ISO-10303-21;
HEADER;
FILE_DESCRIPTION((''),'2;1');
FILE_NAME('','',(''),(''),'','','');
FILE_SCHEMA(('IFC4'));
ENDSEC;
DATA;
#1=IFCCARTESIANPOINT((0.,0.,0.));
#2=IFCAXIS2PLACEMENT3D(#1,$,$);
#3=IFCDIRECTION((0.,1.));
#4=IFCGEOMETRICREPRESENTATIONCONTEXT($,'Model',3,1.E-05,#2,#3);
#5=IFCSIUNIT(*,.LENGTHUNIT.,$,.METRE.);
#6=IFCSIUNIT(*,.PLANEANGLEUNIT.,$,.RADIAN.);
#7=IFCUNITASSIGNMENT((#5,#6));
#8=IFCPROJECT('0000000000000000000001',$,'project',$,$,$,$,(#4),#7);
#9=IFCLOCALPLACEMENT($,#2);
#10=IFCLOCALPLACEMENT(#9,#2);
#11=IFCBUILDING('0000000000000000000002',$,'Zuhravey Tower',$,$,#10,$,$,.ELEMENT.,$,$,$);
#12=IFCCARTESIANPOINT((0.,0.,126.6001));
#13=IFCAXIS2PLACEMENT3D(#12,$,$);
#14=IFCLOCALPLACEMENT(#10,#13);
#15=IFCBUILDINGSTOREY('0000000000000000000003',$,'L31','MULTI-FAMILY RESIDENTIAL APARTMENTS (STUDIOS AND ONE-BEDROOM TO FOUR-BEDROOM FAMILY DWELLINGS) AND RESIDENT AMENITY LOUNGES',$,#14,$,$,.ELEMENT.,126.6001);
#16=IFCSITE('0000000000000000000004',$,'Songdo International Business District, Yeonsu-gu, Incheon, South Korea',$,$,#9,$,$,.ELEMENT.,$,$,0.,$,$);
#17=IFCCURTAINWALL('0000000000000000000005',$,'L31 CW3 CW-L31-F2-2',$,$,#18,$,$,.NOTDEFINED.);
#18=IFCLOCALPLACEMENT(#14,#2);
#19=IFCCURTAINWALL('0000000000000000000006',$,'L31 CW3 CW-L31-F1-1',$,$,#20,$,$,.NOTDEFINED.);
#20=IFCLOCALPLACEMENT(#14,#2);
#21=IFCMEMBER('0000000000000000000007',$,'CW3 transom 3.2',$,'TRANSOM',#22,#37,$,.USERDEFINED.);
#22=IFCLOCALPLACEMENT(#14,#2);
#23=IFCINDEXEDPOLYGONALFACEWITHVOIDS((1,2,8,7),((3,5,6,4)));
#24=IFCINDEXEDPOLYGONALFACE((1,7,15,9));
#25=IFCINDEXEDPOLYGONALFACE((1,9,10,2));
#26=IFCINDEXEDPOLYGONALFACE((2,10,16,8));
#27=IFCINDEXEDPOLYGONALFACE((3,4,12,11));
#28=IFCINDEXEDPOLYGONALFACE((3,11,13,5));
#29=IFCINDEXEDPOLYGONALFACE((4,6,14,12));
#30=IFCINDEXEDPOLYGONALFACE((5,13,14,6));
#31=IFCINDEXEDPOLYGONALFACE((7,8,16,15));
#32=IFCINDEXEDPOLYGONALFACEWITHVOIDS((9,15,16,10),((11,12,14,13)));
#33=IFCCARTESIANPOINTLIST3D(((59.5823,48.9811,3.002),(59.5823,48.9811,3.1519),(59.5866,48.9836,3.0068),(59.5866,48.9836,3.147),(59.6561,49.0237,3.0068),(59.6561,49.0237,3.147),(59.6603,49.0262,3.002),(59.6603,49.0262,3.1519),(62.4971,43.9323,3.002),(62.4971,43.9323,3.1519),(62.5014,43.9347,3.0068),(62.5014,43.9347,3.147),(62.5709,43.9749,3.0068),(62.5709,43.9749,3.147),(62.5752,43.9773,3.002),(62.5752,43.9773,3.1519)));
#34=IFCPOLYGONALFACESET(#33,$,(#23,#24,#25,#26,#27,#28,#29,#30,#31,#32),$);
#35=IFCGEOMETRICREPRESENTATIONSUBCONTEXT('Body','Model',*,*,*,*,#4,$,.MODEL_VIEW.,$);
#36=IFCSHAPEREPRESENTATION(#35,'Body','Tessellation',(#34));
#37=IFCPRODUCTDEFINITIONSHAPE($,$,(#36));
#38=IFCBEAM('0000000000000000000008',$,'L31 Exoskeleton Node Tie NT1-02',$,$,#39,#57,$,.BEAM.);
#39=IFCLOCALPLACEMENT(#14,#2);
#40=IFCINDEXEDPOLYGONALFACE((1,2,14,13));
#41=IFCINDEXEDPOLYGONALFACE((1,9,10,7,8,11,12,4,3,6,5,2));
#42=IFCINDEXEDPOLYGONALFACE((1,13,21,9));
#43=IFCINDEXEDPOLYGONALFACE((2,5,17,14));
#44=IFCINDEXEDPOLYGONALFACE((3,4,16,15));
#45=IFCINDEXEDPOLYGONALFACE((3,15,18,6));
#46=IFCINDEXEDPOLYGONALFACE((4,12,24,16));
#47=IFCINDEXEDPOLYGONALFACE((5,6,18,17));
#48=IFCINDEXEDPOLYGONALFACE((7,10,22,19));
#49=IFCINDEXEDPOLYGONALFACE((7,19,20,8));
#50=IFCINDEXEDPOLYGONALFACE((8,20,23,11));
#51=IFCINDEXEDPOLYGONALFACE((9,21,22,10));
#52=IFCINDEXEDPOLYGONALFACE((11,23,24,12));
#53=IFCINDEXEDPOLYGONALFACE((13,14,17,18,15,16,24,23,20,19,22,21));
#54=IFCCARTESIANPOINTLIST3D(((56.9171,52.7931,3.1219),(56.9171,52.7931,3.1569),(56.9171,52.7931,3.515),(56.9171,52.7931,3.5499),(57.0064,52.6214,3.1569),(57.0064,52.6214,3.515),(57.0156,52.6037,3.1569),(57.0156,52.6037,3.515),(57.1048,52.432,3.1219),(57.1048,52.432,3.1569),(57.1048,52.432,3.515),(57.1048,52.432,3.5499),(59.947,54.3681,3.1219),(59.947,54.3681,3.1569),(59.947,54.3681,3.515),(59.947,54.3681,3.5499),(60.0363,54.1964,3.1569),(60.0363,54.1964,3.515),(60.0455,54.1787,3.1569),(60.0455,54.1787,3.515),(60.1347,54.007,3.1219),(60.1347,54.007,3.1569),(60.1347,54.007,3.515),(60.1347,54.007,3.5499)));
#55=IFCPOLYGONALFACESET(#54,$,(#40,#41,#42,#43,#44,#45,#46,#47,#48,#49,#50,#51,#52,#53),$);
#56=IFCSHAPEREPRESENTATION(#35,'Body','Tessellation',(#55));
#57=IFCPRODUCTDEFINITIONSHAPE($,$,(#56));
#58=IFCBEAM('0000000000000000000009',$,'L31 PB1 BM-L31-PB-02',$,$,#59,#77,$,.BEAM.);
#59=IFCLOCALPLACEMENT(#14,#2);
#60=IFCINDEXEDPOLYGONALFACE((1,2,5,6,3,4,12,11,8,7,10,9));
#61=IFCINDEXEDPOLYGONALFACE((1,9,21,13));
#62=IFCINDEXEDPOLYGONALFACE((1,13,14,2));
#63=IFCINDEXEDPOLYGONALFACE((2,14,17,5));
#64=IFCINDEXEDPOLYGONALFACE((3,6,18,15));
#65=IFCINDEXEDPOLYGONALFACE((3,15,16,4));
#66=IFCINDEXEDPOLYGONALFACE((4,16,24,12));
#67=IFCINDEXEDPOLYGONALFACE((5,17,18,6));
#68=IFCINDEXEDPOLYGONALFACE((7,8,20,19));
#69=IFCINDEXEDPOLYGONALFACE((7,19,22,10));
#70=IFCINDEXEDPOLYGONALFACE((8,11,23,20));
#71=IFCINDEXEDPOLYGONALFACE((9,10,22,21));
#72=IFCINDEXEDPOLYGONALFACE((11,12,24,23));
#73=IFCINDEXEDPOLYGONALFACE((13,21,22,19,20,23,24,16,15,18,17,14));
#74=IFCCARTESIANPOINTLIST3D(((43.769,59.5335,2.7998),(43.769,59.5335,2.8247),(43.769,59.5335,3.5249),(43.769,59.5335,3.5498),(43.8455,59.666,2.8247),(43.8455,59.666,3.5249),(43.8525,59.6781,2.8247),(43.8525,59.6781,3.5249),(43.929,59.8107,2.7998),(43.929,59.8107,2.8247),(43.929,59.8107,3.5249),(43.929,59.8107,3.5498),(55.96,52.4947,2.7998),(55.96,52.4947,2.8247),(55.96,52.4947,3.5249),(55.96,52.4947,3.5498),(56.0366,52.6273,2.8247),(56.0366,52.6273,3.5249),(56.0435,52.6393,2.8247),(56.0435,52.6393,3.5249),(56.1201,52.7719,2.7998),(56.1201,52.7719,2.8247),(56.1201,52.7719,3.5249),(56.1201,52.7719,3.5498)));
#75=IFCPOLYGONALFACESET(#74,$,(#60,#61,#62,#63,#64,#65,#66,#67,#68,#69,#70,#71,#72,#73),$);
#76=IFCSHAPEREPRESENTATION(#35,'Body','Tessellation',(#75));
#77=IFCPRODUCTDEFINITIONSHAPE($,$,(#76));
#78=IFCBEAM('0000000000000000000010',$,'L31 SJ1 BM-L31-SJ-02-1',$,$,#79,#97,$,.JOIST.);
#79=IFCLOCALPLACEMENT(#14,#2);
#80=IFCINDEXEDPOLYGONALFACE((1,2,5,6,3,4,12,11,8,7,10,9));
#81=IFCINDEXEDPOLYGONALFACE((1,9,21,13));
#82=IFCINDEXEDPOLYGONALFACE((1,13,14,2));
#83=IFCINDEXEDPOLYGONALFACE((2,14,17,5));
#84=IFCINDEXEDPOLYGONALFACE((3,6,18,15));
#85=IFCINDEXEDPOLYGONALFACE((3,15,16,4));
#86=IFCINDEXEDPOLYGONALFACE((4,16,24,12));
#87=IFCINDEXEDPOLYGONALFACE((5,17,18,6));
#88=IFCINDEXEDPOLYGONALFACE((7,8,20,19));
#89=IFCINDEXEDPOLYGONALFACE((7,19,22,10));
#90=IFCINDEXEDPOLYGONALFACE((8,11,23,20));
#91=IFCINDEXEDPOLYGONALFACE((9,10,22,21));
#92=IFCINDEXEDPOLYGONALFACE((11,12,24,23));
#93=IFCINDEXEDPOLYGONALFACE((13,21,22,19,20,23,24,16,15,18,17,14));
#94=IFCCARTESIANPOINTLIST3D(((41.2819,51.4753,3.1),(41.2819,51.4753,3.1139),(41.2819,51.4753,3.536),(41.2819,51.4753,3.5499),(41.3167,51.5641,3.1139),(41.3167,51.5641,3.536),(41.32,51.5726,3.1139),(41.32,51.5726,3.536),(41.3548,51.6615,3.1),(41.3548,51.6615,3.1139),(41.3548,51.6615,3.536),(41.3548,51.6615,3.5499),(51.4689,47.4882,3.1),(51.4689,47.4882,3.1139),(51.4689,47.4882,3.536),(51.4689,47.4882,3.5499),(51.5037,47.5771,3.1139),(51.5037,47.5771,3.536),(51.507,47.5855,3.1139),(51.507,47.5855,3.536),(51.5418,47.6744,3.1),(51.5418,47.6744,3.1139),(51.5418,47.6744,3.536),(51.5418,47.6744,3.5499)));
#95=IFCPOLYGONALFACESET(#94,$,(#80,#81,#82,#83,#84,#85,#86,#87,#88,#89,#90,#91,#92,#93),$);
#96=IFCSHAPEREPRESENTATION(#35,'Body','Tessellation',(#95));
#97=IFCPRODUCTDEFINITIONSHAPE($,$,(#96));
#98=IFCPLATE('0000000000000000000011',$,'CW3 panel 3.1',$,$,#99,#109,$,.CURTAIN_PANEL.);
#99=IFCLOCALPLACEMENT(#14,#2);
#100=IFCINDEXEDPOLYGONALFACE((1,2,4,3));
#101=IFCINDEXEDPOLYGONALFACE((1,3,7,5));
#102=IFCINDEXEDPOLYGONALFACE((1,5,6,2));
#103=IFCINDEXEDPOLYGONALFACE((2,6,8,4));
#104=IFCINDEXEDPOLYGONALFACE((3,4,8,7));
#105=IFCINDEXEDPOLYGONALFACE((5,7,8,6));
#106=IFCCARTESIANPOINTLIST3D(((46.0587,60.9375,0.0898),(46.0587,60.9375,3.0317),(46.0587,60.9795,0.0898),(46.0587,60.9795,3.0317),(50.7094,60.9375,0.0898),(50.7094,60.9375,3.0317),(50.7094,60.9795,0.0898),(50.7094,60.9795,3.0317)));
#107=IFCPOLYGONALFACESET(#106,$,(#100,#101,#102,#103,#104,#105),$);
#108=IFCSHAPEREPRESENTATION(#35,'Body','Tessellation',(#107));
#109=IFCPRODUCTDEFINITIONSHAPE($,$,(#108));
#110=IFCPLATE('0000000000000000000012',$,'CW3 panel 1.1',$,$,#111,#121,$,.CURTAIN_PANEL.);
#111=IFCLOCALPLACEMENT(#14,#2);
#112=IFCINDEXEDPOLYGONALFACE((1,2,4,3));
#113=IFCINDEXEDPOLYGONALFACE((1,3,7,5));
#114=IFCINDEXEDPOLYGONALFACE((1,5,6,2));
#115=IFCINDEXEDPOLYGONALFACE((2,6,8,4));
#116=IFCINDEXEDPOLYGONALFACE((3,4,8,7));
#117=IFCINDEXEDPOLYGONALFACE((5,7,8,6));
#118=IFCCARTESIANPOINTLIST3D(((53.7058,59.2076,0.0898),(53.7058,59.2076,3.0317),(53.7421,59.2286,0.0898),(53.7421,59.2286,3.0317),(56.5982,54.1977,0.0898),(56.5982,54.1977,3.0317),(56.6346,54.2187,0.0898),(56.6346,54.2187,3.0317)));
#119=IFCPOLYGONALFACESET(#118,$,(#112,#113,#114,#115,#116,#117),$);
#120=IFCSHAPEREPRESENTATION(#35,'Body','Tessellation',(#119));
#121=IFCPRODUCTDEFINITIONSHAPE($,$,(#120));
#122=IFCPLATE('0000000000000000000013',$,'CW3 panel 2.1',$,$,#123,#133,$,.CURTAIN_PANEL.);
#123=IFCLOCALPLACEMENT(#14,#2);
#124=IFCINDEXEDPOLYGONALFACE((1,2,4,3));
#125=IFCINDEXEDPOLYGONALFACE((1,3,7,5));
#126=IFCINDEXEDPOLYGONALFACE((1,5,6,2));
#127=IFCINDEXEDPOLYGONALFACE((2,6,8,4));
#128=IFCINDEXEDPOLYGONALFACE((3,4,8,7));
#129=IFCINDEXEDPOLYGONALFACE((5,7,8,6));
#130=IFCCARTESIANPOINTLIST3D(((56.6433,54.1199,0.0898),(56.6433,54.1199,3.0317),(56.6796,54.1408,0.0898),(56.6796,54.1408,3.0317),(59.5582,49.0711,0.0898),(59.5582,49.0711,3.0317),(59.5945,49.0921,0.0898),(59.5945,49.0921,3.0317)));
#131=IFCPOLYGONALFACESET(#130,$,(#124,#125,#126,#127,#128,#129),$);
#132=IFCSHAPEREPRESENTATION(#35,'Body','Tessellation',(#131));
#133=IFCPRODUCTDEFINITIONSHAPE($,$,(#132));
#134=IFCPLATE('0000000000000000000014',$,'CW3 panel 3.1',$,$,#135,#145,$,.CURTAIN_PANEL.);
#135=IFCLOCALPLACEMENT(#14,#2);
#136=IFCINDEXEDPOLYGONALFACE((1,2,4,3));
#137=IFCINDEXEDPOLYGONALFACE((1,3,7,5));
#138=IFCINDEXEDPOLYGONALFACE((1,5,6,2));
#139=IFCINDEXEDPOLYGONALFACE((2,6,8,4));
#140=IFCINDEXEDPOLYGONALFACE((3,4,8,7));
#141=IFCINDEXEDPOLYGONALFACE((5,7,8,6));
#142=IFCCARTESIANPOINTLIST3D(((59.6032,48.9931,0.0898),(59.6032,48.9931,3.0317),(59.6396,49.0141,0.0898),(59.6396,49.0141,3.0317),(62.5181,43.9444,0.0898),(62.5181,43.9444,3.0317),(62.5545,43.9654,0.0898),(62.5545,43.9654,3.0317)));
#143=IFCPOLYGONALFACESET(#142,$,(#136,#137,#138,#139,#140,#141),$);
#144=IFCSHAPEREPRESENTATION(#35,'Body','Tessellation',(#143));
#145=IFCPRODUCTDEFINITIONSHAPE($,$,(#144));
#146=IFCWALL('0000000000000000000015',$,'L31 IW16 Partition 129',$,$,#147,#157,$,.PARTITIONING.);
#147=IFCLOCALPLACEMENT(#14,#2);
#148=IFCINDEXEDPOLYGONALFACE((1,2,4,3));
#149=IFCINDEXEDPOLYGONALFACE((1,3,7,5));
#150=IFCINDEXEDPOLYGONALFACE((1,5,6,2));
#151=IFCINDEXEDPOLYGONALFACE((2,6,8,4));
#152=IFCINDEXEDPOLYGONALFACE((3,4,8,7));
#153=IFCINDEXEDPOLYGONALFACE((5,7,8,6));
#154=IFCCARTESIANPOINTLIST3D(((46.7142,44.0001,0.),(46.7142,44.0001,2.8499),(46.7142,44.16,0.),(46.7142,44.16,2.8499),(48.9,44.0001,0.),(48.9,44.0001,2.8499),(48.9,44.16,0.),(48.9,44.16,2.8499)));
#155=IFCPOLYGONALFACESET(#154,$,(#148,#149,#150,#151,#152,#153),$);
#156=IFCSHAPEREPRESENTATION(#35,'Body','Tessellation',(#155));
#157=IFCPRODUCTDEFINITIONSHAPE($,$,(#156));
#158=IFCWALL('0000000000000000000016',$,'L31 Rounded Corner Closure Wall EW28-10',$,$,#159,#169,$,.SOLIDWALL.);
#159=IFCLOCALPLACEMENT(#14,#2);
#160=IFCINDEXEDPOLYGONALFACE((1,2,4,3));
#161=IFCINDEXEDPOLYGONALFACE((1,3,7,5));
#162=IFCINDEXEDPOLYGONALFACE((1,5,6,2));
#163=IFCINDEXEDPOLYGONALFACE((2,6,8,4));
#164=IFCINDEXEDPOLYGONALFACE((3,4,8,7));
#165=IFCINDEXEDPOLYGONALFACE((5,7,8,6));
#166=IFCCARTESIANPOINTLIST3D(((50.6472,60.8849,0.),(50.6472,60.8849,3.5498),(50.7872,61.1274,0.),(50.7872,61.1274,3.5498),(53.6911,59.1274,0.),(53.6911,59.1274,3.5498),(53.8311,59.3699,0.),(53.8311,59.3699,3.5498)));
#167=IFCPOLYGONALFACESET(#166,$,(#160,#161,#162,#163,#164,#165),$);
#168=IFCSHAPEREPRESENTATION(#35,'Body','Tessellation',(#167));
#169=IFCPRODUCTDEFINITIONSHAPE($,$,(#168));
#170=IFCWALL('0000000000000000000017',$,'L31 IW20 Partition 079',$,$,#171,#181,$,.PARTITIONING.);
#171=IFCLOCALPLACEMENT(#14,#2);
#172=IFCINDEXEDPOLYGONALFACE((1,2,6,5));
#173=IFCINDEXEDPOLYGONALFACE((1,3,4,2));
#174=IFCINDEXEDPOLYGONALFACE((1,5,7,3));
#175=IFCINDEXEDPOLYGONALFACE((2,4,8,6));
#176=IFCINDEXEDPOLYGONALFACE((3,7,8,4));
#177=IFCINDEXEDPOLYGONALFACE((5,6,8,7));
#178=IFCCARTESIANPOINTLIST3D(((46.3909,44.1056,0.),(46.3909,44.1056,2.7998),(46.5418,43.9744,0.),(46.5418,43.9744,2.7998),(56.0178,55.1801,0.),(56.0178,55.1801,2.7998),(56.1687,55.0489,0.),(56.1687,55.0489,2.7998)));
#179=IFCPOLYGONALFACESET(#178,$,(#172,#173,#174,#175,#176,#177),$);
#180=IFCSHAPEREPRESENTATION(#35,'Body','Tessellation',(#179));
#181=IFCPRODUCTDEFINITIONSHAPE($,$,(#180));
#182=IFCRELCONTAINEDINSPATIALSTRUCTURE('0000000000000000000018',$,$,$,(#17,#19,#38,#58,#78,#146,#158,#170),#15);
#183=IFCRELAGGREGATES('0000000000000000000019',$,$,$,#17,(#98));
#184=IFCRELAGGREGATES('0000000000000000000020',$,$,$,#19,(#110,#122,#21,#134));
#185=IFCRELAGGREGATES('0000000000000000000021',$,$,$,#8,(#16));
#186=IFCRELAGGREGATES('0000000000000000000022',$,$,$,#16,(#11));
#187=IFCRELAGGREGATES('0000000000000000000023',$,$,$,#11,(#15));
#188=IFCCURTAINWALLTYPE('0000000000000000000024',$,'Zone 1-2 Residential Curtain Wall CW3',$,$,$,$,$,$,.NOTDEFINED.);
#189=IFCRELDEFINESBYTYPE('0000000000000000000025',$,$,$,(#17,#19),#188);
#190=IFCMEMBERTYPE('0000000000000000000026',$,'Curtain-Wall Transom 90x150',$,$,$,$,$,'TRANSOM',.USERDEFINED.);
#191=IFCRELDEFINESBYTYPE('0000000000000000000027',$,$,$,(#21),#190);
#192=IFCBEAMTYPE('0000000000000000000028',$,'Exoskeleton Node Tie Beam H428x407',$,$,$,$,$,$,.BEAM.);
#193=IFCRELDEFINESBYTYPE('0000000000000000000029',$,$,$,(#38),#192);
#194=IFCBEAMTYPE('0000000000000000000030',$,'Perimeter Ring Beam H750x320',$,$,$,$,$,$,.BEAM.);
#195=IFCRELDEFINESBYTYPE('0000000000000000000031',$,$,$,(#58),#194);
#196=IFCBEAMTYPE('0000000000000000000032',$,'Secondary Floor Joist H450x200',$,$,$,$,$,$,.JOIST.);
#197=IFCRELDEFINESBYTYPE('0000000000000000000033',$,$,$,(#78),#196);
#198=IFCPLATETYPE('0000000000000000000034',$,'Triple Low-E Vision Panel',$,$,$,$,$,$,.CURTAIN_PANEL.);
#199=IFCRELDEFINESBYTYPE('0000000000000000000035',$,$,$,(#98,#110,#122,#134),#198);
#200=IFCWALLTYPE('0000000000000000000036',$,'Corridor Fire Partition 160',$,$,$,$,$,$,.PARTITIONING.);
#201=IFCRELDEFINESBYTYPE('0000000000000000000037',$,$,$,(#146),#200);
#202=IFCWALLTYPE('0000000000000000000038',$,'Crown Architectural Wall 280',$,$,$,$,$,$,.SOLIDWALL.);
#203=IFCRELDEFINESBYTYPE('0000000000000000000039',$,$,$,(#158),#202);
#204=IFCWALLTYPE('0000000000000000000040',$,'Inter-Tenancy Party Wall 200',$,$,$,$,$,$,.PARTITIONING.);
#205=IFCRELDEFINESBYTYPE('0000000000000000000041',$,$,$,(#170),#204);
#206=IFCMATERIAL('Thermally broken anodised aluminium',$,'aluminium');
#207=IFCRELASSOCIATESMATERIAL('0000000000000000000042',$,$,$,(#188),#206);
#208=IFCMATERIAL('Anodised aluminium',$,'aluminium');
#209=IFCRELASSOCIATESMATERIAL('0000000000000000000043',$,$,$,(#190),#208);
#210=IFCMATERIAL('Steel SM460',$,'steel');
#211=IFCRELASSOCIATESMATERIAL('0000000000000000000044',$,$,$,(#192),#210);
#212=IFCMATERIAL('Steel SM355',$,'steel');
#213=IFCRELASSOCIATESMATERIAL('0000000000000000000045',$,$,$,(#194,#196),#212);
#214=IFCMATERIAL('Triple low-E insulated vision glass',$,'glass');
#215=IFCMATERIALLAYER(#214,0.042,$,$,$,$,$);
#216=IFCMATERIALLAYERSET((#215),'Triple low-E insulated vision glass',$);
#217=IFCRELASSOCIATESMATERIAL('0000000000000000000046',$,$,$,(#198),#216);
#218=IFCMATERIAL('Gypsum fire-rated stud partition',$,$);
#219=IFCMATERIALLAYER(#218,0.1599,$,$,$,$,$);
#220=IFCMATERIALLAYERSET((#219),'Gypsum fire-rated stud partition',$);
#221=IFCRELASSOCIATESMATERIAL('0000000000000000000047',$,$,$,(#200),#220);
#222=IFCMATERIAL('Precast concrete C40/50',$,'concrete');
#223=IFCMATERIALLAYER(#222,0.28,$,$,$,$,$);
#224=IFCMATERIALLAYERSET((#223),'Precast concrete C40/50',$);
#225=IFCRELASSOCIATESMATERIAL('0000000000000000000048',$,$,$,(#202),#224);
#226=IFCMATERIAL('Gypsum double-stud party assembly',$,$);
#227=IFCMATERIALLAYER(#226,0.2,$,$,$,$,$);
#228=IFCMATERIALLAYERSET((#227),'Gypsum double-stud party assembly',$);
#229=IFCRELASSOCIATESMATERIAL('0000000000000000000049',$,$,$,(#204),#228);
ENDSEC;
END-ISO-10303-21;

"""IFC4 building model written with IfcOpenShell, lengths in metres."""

from ifc_helpers import new_model, si_unit, direction, frame, frame_2d, origin, origin_2d, place, context, subcontext, project, spatial, rectangle, hollow_rectangle, i_section, extrude, material, layer, layer_set, material_profile, profile_set, type_object, element, aggregate, save


model = new_model("IFC4")

# Units and contexts
model_context = context("Model", 3, precision=1e-05, world=origin(), true_north=direction((0.0, 1.0)))
body_context = subcontext(model_context, "Body", "Model", "MODEL_VIEW")
ifc_project = project(units=[si_unit("LENGTHUNIT", "METRE"), si_unit("PLANEANGLEUNIT", "RADIAN")], contexts=[model_context])

# Site, building, storey
site_placement = place(None, origin())
site = spatial("IfcSite", under=ifc_project, at=site_placement, Name="Songdo International Business District, Yeonsu-gu, Incheon, South Korea", CompositionType="ELEMENT", RefElevation=0.0)
building_placement = place(site_placement, origin())
building = spatial("IfcBuilding", under=site, at=building_placement, Name="Zuhravey Tower", CompositionType="ELEMENT")
storey_placement = place(building_placement, frame((0.0, 0.0, 126.6001)))
storey = spatial("IfcBuildingStorey", under=building, at=storey_placement, Name="L31", Description="MULTI-FAMILY RESIDENTIAL APARTMENTS (STUDIOS AND ONE-BEDROOM TO FOUR-BEDROOM FAMILY DWELLINGS) AND RESIDENT AMENITY LOUNGES", CompositionType="ELEMENT", Elevation=126.6001)

# Curtain wall
ifc_material_1 = material(Name="Thermally broken anodised aluminium", Category="aluminium")
curtain_wall_type = type_object("IfcCurtainWallType", Name="Zone 1-2 Residential Curtain Wall CW3", PredefinedType="NOTDEFINED", material=ifc_material_1)
curtain_wall_1_placement = place(storey_placement, origin())
curtain_wall_1 = element("IfcCurtainWall", 1, at=curtain_wall_1_placement, inside=storey, type_object=curtain_wall_type, Name="L31 CW3 CW-L31-F2-2", PredefinedType="NOTDEFINED")
ifc_material_2 = material(Name="Anodised aluminium", Category="aluminium")

# Curtain wall, member
curtain_wall_2_placement = place(storey_placement, origin())
curtain_wall_2 = element("IfcCurtainWall", 2, at=curtain_wall_2_placement, inside=storey, type_object=curtain_wall_type, Name="L31 CW3 CW-L31-F1-1", PredefinedType="NOTDEFINED")
ifc_material_profile_1 = material_profile(ifc_material_2, hollow_rectangle(XDim=0.0901, YDim=0.1499, WallThickness=0.0049, at=origin_2d()), Name="ALU-RHS-90x150x5")
ifc_profile_set_1 = profile_set([ifc_material_profile_1], Name="Anodised aluminium")
member_type_1 = type_object("IfcMemberType", Name="Curtain-Wall Transom 90x150", ElementType="TRANSOM", PredefinedType="USERDEFINED", material=ifc_profile_set_1)
member_1_placement = place(storey_placement, frame((59.6213, 49.0037, 3.0769), z_axis=(0.499981, -0.866036, 0.0), x_axis=(0.866036, 0.499981, 0.0)))
member_1 = element("IfcMember", 3, at=member_1_placement, type_object=member_type_1, Name="CW3 transom 3.2", ObjectType="TRANSOM", PredefinedType="USERDEFINED", context=body_context, shape_type="SweptSolid", body=[
    extrude(hollow_rectangle(XDim=0.0901, YDim=0.1499, WallThickness=0.0049, at=origin_2d()), origin(), (0.0, 0.0, 1.0), 5.8298),
])

# Beams
ifc_material_3 = material(Name="Steel SM460", Category="steel")
ifc_material_profile_2 = material_profile(ifc_material_3, i_section(OverallWidth=0.407, OverallDepth=0.428, WebThickness=0.02, FlangeThickness=0.0349, at=origin_2d()), Name="H-428x407x20x35")
ifc_profile_set_2 = profile_set([ifc_material_profile_2], Name="Steel SM460")
beam_type_1 = type_object("IfcBeamType", Name="Exoskeleton Node Tie Beam H428x407", PredefinedType="BEAM", material=ifc_profile_set_2)
beam_1_placement = place(storey_placement, frame((57.011, 52.6125, 3.3359), z_axis=(0.887281, 0.461229, 0.0), x_axis=(-0.461229, 0.887281, 0.0)))
element("IfcBeam", 4, at=beam_1_placement, inside=storey, type_object=beam_type_1, Name="L31 Exoskeleton Node Tie NT1-02", PredefinedType="BEAM", context=body_context, shape_type="SweptSolid", body=[
    extrude(i_section(OverallWidth=0.407, OverallDepth=0.428, WebThickness=0.02, FlangeThickness=0.0349, at=origin_2d()), origin(), (0.0, 0.0, 1.0), 3.4148),
])
ifc_material_4 = material(Name="Steel SM355", Category="steel")
ifc_material_profile_3 = material_profile(ifc_material_4, i_section(OverallWidth=0.3201, OverallDepth=0.75, WebThickness=0.0139, FlangeThickness=0.0249, at=origin_2d()), Name="H-750x320x14x25")
ifc_profile_set_3 = profile_set([ifc_material_profile_3], Name="Steel SM355")
beam_type_2 = type_object("IfcBeamType", Name="Perimeter Ring Beam H750x320", PredefinedType="BEAM", material=ifc_profile_set_3)
beam_2_placement = place(storey_placement, frame((56.04, 52.6333, 3.1748), z_axis=(-0.866018, 0.500013, 0.0), x_axis=(-0.500013, -0.866018, 0.0)))
element("IfcBeam", 5, at=beam_2_placement, inside=storey, type_object=beam_type_2, Name="L31 PB1 BM-L31-PB-02", PredefinedType="BEAM", context=body_context, shape_type="SweptSolid", body=[
    extrude(i_section(OverallWidth=0.3201, OverallDepth=0.75, WebThickness=0.0139, FlangeThickness=0.0249, at=origin_2d()), origin(), (0.0, 0.0, 1.0), 14.0771),
])
ifc_material_profile_4 = material_profile(ifc_material_4, i_section(OverallWidth=0.2, OverallDepth=0.45, WebThickness=0.009, FlangeThickness=0.0139, at=origin_2d()), Name="H-450x200x9x14")
ifc_profile_set_4 = profile_set([ifc_material_profile_4], Name="Steel SM355")
beam_type_3 = type_object("IfcBeamType", Name="Secondary Floor Joist H450x200", PredefinedType="JOIST", material=ifc_profile_set_4)
beam_3_placement = place(storey_placement, frame((51.5054, 47.5813, 3.325), z_axis=(-0.931217, 0.364466, 0.0), x_axis=(-0.364466, -0.931217, 0.0)))
element("IfcBeam", 6, at=beam_3_placement, inside=storey, type_object=beam_type_3, Name="L31 SJ1 BM-L31-SJ-02-1", PredefinedType="JOIST", context=body_context, shape_type="SweptSolid", body=[
    extrude(i_section(OverallWidth=0.2, OverallDepth=0.45, WebThickness=0.009, FlangeThickness=0.0139, at=origin_2d()), origin(), (0.0, 0.0, 1.0), 10.9395),
])

# Plates
ifc_material_5 = material(Name="Triple low-E insulated vision glass", Category="glass")
ifc_layer_1 = layer(ifc_material_5, 0.042)
ifc_layer_set_1 = layer_set([ifc_layer_1], Name="Triple low-E insulated vision glass")
plate_type = type_object("IfcPlateType", Name="Triple Low-E Vision Panel", PredefinedType="CURTAIN_PANEL", material=ifc_layer_set_1)
plate_1_placement = place(storey_placement, frame((48.384, 60.9585, 0.0898), z_axis=(0.0, 0.0, 1.0), x_axis=(1.0, 0.0, 0.0)))
plate_1 = element("IfcPlate", 7, at=plate_1_placement, type_object=plate_type, Name="CW3 panel 3.1", PredefinedType="CURTAIN_PANEL", context=body_context, shape_type="SweptSolid", body=[
    extrude(rectangle(XDim=4.6506, YDim=0.042, at=origin_2d()), origin(), (0.0, 0.0, 1.0), 2.9419),
])
aggregate(curtain_wall_1, [plate_1])
plate_2_placement = place(storey_placement, frame((55.1702, 56.7131, 0.0898), z_axis=(0.0, 0.0, 1.0), x_axis=(0.5, -0.866026, 0.0)))
plate_2 = element("IfcPlate", 8, at=plate_2_placement, type_object=plate_type, Name="CW3 panel 1.1", PredefinedType="CURTAIN_PANEL", context=body_context, shape_type="SweptSolid", body=[
    extrude(rectangle(XDim=5.7849, YDim=0.042, at=origin_2d()), origin(), (0.0, 0.0, 1.0), 2.9419),
])
plate_3_placement = place(storey_placement, frame((58.1189, 51.606, 0.0898), z_axis=(0.0, 0.0, 1.0), x_axis=(0.5, -0.866026, 0.0)))
plate_3 = element("IfcPlate", 9, at=plate_3_placement, type_object=plate_type, Name="CW3 panel 2.1", PredefinedType="CURTAIN_PANEL", context=body_context, shape_type="SweptSolid", body=[
    extrude(rectangle(XDim=5.8298, YDim=0.042, at=origin_2d()), origin(), (0.0, 0.0, 1.0), 2.9419),
])
plate_4_placement = place(storey_placement, frame((61.0789, 46.4792, 0.0898), z_axis=(0.0, 0.0, 1.0), x_axis=(0.5, -0.866026, 0.0)))
plate_4 = element("IfcPlate", 10, at=plate_4_placement, type_object=plate_type, Name="CW3 panel 3.1", PredefinedType="CURTAIN_PANEL", context=body_context, shape_type="SweptSolid", body=[
    extrude(rectangle(XDim=5.8298, YDim=0.042, at=origin_2d()), origin(), (0.0, 0.0, 1.0), 2.9419),
])
aggregate(curtain_wall_2, [plate_2, plate_3, member_1, plate_4])

# Walls
ifc_material_6 = material(Name="Gypsum fire-rated stud partition")
ifc_layer_2 = layer(ifc_material_6, 0.1599)
ifc_layer_set_2 = layer_set([ifc_layer_2], Name="Gypsum fire-rated stud partition")
wall_type_1 = type_object("IfcWallType", Name="Corridor Fire Partition 160", PredefinedType="PARTITIONING", material=ifc_layer_set_2)
wall_1_placement = place(storey_placement, frame((48.8999, 44.0801, 0.0), z_axis=(0.0, 0.0, 1.0), x_axis=(-1.0, 0.0, 0.0)))
element("IfcWall", 11, at=wall_1_placement, inside=storey, type_object=wall_type_1, Name="L31 IW16 Partition 129", PredefinedType="PARTITIONING", context=body_context, shape_type="SweptSolid", body=[
    extrude(rectangle(XDim=2.1858, YDim=0.1599, at=frame_2d((1.0928, 0.0))), origin(), (0.0, 0.0, 1.0), 2.8499),
])
ifc_material_7 = material(Name="Precast concrete C40/50", Category="concrete")
ifc_layer_3 = layer(ifc_material_7, 0.28)
ifc_layer_set_3 = layer_set([ifc_layer_3], Name="Precast concrete C40/50")
wall_type_2 = type_object("IfcWallType", Name="Crown Architectural Wall 280", PredefinedType="SOLIDWALL", material=ifc_layer_set_3)
wall_2_placement = place(storey_placement, frame((50.7173, 61.0061, 0.0), z_axis=(0.0, 0.0, 1.0), x_axis=(0.866007, -0.500031, 0.0)))
element("IfcWall", 12, at=wall_2_placement, inside=storey, type_object=wall_type_2, Name="L31 Rounded Corner Closure Wall EW28-10", PredefinedType="SOLIDWALL", context=body_context, shape_type="SweptSolid", body=[
    extrude(rectangle(XDim=3.5149, YDim=0.28, at=frame_2d((1.7573, 0.0))), origin(), (0.0, 0.0, 1.0), 3.5498),
])
ifc_material_8 = material(Name="Gypsum double-stud party assembly")
ifc_layer_4 = layer(ifc_material_8, 0.2)
ifc_layer_set_4 = layer_set([ifc_layer_4], Name="Gypsum double-stud party assembly")
wall_type_3 = type_object("IfcWallType", Name="Inter-Tenancy Party Wall 200", PredefinedType="PARTITIONING", material=ifc_layer_set_4)
wall_3_placement = place(storey_placement, frame((46.4663, 44.04, 0.0), z_axis=(0.0, 0.0, 1.0), x_axis=(0.656062, 0.754707, 0.0)))
element("IfcWall", 13, at=wall_3_placement, inside=storey, type_object=wall_type_3, Name="L31 IW20 Partition 079", PredefinedType="PARTITIONING", context=body_context, shape_type="SweptSolid", body=[
    extrude(rectangle(XDim=14.6738, YDim=0.2, at=frame_2d((7.3369, 0.0))), origin(), (0.0, 0.0, 1.0), 2.7998),
])

save(model, "model.ifc")
